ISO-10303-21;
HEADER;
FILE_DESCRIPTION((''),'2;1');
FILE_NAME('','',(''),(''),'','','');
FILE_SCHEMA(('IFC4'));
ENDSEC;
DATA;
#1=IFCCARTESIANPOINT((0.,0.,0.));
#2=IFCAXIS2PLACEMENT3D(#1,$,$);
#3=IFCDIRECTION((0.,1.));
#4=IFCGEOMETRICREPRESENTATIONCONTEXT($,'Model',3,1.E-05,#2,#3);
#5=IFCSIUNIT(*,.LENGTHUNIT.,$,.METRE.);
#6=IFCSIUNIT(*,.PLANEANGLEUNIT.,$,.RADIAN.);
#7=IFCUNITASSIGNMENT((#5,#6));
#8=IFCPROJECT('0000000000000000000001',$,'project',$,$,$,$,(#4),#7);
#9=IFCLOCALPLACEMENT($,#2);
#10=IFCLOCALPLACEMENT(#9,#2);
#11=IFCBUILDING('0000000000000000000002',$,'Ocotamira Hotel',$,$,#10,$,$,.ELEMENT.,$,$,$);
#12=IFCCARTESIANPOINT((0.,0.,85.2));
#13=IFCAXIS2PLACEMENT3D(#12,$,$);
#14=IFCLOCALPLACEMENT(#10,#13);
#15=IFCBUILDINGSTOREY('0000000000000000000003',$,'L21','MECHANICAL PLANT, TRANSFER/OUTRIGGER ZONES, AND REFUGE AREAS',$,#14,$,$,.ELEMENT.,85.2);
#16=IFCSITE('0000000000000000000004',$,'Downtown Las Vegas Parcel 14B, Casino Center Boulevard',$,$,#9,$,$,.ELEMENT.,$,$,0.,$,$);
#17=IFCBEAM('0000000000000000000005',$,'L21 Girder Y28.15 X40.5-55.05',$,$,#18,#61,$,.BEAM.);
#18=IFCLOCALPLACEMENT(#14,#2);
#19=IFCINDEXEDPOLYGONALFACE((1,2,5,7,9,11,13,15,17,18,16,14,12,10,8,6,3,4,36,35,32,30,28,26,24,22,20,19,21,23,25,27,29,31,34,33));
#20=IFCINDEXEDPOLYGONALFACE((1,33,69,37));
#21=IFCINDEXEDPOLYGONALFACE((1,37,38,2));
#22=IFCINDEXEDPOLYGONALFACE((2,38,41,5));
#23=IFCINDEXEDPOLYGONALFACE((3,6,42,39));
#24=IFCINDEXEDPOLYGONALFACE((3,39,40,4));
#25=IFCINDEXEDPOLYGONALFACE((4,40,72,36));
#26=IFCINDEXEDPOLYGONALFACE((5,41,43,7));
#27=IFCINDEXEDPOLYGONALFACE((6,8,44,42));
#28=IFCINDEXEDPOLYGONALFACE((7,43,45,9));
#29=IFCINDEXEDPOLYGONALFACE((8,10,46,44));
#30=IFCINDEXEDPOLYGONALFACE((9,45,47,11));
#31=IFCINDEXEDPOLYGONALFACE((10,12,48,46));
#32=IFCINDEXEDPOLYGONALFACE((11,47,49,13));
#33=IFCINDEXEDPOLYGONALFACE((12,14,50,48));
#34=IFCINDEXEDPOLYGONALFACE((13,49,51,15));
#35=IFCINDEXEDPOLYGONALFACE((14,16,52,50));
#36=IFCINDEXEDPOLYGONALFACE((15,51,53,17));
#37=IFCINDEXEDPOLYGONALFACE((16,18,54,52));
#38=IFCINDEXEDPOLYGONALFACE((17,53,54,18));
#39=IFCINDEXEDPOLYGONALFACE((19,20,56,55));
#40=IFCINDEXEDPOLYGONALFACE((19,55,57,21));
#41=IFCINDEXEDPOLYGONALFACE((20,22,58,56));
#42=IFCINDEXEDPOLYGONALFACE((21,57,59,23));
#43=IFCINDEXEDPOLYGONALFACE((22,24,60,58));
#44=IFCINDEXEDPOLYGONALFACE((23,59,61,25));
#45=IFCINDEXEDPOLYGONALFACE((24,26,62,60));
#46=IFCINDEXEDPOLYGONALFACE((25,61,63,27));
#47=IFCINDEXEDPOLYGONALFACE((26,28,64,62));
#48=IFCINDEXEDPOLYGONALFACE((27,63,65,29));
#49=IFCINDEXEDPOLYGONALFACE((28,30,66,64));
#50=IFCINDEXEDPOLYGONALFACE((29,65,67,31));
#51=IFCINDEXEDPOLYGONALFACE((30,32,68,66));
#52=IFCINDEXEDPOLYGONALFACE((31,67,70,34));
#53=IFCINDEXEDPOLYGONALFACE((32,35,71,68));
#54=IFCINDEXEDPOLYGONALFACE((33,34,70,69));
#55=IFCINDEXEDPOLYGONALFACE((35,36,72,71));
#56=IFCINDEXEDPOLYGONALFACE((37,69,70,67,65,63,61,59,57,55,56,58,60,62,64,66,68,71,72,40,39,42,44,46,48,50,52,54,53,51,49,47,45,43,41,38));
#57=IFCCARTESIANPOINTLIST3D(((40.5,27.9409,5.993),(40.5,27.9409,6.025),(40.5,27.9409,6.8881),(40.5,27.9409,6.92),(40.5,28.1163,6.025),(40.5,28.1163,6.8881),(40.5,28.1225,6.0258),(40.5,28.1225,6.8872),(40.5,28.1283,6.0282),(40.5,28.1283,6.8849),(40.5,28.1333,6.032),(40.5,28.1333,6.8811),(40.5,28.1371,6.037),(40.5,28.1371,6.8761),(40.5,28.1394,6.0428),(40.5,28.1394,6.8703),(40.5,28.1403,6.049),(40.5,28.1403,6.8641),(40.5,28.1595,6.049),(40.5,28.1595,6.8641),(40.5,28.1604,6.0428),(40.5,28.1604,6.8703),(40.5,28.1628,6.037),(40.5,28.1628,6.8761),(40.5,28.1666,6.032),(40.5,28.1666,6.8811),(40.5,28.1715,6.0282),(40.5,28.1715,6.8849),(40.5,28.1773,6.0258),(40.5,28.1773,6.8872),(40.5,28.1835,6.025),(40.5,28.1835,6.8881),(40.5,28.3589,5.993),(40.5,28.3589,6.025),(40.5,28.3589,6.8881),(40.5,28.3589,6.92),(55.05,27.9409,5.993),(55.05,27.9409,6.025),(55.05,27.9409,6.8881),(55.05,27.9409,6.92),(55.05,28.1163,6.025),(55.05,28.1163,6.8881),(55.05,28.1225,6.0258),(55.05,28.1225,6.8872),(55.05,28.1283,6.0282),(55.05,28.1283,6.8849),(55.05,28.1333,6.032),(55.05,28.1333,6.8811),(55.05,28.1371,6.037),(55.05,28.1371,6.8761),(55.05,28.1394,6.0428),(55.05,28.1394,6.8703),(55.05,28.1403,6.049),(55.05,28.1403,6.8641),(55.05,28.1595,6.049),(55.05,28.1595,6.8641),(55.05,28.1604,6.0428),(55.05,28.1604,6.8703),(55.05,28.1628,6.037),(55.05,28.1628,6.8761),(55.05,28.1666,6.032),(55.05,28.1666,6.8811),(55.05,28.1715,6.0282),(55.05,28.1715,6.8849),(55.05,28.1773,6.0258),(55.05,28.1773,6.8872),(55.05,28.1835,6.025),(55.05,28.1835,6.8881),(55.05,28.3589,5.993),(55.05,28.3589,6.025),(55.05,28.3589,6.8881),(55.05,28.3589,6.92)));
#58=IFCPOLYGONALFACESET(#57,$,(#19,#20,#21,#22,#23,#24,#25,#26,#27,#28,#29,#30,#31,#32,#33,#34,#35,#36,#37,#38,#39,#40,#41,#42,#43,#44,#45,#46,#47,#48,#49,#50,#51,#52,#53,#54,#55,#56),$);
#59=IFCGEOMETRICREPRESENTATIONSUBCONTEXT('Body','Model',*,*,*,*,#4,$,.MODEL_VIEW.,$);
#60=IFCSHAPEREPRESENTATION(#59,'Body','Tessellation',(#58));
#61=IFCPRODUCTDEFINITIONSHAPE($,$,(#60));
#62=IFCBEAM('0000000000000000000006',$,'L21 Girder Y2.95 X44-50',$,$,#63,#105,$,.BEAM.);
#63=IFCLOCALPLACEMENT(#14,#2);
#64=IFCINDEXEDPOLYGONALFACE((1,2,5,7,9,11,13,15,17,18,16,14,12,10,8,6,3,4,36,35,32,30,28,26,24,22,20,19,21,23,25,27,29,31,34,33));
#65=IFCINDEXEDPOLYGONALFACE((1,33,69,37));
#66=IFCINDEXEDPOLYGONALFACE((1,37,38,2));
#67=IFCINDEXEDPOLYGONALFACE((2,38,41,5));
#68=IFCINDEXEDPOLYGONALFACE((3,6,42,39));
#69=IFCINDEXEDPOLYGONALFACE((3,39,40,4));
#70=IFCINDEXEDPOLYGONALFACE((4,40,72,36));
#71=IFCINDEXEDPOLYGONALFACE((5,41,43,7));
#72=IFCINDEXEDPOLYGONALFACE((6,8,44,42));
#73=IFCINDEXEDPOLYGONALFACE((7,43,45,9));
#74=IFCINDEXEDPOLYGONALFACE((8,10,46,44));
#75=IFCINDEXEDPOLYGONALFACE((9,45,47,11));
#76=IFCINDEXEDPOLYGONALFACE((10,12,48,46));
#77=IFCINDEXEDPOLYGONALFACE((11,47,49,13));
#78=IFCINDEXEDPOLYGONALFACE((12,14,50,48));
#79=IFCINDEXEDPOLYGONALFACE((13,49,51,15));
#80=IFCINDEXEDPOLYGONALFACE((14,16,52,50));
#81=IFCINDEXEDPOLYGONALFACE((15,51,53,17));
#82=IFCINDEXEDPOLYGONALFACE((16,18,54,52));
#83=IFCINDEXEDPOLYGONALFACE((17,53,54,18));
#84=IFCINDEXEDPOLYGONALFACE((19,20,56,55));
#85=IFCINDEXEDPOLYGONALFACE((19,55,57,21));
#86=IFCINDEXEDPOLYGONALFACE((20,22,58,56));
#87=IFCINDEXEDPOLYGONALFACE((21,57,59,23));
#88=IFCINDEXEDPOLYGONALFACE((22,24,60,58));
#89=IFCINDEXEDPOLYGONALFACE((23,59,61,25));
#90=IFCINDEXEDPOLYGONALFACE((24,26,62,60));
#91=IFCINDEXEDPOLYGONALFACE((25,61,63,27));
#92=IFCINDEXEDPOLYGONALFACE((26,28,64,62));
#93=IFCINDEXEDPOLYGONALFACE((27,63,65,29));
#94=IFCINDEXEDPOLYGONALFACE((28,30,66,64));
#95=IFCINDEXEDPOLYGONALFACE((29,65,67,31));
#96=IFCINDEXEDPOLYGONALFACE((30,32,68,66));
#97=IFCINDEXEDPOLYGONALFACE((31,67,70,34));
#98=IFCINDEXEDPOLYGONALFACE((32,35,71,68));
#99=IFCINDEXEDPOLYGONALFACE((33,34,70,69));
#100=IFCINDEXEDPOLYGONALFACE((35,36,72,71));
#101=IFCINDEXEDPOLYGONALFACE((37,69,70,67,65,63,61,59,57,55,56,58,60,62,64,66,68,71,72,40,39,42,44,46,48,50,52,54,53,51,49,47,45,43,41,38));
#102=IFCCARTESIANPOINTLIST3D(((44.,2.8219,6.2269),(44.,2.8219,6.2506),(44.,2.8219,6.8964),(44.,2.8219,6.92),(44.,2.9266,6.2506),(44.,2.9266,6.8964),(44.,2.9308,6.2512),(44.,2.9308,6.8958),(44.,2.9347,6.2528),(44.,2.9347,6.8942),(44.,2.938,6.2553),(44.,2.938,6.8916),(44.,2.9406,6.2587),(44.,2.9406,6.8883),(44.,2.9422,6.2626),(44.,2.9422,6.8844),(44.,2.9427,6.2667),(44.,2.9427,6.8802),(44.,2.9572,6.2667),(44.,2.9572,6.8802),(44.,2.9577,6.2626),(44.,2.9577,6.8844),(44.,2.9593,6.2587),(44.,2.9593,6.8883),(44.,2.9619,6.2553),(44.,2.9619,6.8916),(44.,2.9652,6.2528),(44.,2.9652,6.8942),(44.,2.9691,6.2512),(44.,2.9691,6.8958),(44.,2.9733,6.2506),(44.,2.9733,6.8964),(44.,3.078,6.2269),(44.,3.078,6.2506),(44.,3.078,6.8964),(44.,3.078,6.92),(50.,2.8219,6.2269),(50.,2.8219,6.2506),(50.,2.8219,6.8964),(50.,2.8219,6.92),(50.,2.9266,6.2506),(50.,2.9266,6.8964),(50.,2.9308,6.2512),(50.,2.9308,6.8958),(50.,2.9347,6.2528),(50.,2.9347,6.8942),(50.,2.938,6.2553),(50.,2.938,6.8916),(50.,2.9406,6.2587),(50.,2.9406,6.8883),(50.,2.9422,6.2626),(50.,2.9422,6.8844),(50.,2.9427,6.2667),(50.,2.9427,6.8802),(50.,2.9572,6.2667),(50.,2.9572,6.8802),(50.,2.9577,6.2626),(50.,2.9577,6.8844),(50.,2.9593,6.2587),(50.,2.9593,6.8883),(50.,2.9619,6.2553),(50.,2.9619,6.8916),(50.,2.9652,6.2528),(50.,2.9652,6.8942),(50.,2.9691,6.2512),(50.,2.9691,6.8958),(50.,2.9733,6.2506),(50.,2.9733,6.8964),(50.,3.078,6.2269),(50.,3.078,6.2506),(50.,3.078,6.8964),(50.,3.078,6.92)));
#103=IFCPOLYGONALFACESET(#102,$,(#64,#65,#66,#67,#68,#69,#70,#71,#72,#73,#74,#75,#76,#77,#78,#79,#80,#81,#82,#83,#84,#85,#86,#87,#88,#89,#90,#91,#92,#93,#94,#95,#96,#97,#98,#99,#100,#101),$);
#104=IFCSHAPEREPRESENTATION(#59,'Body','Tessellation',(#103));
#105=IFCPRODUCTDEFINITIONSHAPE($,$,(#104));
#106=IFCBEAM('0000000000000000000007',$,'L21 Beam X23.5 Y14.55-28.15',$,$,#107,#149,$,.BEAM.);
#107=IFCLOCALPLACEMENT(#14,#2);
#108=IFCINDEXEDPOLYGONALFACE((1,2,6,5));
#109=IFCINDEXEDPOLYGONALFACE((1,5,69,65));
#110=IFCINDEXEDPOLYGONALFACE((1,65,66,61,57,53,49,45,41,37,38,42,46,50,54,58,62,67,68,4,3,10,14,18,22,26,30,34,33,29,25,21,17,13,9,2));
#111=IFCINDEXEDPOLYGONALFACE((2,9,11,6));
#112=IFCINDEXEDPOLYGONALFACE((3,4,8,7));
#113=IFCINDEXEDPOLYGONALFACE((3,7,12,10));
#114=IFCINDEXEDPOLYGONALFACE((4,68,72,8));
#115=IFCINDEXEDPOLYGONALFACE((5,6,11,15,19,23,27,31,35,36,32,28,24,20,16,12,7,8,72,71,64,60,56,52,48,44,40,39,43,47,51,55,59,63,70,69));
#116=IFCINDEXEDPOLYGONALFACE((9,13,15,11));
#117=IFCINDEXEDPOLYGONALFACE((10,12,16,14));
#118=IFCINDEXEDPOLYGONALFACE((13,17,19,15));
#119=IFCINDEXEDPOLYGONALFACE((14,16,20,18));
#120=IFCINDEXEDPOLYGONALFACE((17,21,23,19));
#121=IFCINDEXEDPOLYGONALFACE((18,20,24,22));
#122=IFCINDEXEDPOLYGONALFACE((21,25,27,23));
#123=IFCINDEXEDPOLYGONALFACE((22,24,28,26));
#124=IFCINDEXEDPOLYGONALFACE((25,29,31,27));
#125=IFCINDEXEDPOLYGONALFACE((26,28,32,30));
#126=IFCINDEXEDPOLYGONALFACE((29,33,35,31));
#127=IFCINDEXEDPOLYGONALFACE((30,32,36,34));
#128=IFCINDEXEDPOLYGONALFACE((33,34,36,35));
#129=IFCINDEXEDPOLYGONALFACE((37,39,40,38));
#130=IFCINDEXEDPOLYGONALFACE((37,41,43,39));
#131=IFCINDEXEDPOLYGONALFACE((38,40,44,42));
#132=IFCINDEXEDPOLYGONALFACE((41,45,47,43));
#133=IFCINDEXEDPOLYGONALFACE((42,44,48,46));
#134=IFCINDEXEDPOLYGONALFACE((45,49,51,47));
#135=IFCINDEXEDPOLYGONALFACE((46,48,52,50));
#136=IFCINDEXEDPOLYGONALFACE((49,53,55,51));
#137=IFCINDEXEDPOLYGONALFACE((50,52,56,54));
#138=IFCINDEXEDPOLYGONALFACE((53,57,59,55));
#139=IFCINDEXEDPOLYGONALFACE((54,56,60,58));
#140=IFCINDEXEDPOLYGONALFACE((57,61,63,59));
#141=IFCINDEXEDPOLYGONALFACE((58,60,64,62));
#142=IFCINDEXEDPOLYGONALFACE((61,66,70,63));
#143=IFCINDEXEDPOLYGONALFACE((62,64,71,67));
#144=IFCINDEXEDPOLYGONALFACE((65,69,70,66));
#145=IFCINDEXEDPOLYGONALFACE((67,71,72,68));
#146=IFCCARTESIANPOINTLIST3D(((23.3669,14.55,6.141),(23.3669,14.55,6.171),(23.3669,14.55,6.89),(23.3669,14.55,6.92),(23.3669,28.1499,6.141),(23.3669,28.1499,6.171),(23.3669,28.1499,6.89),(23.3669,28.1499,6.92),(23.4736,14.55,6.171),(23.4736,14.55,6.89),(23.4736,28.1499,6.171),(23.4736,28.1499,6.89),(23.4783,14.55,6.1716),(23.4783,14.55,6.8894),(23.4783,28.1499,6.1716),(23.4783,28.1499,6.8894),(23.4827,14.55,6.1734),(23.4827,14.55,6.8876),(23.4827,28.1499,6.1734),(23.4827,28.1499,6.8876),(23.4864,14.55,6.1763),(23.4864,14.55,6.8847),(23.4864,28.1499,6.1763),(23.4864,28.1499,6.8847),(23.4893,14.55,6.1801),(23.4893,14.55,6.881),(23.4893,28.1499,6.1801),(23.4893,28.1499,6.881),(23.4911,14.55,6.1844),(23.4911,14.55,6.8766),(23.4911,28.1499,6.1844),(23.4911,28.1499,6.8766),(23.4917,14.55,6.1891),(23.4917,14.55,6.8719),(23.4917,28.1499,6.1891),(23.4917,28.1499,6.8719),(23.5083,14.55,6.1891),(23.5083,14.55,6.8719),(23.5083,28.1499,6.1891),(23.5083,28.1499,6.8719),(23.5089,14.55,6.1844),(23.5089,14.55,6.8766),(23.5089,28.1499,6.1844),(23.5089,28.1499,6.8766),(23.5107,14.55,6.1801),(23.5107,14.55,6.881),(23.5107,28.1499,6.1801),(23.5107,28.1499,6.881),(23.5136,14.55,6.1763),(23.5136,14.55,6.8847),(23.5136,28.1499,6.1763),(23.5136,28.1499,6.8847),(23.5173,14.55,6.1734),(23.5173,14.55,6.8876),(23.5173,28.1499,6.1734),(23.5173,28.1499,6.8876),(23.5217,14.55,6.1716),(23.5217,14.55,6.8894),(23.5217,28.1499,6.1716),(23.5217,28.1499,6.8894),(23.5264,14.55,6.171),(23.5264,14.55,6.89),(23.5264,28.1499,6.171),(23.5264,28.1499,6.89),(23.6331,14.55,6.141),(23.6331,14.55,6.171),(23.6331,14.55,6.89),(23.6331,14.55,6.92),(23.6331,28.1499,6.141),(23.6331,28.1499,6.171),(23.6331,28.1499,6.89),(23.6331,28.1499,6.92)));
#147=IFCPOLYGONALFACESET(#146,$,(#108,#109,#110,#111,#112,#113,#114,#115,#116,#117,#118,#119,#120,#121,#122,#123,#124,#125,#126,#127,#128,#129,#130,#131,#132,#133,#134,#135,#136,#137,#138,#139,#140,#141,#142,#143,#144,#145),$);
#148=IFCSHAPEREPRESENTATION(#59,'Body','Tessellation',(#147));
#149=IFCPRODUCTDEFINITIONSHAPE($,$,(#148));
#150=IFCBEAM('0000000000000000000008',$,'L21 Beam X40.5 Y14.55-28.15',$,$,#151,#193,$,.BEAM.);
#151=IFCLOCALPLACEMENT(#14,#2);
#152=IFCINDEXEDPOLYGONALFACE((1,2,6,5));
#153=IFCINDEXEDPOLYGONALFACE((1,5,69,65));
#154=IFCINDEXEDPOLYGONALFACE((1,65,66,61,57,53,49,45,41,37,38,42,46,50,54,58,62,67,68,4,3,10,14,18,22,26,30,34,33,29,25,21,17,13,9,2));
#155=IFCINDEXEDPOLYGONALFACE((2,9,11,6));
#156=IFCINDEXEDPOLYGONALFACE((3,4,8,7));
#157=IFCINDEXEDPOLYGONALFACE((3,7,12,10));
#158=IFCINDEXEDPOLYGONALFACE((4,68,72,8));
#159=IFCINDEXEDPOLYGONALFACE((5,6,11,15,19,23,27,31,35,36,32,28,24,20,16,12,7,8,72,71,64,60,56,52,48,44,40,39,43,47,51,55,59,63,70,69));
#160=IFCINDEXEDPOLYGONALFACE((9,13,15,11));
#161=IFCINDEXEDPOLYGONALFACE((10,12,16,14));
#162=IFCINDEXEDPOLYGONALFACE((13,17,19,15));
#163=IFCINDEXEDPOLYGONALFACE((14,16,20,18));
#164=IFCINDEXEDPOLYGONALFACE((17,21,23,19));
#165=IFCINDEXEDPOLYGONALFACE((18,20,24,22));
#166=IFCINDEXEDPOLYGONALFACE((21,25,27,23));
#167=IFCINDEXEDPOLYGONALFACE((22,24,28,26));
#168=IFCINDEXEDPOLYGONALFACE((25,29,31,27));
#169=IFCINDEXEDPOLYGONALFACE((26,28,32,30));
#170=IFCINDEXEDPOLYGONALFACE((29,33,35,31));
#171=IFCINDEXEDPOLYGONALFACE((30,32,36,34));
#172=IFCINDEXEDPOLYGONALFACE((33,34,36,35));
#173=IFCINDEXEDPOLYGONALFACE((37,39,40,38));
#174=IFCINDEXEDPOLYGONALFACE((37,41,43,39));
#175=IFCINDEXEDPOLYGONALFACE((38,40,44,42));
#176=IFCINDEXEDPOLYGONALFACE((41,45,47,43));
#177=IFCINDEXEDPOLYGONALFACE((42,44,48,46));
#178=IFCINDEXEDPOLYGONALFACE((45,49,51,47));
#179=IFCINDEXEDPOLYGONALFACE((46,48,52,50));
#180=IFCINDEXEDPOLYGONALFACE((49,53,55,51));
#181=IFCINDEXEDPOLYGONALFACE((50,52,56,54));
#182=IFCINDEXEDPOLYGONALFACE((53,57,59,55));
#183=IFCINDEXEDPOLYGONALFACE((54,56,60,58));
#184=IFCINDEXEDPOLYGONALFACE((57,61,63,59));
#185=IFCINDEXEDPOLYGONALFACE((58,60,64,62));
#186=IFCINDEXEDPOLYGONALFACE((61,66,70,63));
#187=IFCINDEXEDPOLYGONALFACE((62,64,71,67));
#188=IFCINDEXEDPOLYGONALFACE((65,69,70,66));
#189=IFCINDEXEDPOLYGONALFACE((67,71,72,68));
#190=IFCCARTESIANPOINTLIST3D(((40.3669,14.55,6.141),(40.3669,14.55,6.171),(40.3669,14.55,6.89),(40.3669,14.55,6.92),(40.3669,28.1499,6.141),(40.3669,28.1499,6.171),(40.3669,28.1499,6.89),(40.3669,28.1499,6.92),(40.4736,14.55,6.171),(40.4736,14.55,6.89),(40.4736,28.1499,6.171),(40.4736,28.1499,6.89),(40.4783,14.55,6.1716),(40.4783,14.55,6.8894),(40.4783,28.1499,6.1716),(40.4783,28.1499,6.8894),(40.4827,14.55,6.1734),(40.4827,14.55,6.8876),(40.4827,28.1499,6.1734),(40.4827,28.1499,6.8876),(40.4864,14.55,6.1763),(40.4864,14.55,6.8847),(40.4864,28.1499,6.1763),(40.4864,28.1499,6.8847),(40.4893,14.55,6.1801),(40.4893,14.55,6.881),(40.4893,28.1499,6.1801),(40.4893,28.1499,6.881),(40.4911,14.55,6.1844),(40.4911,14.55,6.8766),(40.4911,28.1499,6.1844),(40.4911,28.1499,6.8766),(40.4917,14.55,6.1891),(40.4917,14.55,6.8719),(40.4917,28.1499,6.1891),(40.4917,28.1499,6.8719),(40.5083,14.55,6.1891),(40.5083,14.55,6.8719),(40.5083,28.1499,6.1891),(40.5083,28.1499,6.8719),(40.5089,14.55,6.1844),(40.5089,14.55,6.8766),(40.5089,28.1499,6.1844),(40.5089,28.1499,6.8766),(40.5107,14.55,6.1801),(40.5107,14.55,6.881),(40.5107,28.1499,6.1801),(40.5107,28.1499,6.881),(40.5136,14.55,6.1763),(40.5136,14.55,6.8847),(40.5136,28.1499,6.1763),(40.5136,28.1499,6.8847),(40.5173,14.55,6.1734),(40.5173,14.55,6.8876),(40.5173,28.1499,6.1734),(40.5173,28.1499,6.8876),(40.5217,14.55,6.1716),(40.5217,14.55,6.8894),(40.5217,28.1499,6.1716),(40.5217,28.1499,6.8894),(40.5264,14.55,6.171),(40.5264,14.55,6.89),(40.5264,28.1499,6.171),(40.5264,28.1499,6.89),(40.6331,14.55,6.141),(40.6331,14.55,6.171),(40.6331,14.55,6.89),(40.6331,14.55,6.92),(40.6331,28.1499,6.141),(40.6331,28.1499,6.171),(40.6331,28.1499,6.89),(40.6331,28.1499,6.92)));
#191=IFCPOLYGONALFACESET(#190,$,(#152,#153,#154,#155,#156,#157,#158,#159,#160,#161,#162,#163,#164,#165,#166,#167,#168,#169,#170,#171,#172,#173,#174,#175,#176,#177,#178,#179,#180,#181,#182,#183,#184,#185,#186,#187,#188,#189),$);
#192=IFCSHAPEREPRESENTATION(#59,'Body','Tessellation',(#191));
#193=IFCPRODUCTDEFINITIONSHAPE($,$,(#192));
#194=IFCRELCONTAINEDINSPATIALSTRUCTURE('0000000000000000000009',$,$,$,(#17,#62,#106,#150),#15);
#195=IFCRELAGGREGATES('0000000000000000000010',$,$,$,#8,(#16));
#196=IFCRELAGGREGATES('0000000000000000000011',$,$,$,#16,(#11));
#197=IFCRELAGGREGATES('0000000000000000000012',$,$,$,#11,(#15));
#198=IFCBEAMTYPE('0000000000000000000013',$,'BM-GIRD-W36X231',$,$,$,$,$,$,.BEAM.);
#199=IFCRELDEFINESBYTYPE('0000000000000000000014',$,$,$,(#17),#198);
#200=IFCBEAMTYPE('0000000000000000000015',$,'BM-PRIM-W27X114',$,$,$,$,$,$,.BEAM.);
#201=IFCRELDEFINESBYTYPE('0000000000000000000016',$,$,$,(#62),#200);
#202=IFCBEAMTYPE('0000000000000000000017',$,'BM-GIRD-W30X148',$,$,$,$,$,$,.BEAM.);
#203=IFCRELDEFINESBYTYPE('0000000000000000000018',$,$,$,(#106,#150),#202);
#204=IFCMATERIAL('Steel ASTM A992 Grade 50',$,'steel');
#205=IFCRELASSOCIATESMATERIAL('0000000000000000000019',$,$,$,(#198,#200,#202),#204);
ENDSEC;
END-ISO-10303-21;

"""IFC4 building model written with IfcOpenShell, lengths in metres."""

from ifc_helpers import new_model, si_unit, direction, frame, origin, origin_2d, place, context, subcontext, project, spatial, i_section, extrude, source, transform, mapped, material, material_profile, profile_set, type_object, element, save


model = new_model("IFC4")

# Units and contexts
model_context = context("Model", 3, precision=1e-05, world=origin(), true_north=direction((0.0, 1.0)))
body_context = subcontext(model_context, "Body", "Model", "MODEL_VIEW")
ifc_project = project(units=[si_unit("LENGTHUNIT", "METRE"), si_unit("PLANEANGLEUNIT", "RADIAN")], contexts=[model_context])

# Site, building, storey
site_placement = place(None, origin())
site = spatial("IfcSite", under=ifc_project, at=site_placement, Name="Downtown Las Vegas Parcel 14B, Casino Center Boulevard", CompositionType="ELEMENT", RefElevation=0.0)
building_placement = place(site_placement, origin())
building = spatial("IfcBuilding", under=site, at=building_placement, Name="Ocotamira Hotel", CompositionType="ELEMENT")
storey_placement = place(building_placement, frame((0.0, 0.0, 85.2)))
storey = spatial("IfcBuildingStorey", under=building, at=storey_placement, Name="L21", Description="MECHANICAL PLANT, TRANSFER/OUTRIGGER ZONES, AND REFUGE AREAS", CompositionType="ELEMENT", Elevation=85.2)

# Beams
ifc_material_1 = material(Name="Steel ASTM A992 Grade 50", Category="steel")
ifc_material_profile_1 = material_profile(ifc_material_1, i_section(OverallWidth=0.418, OverallDepth=0.927, WebThickness=0.0193, FlangeThickness=0.032, FilletRadius=0.0239, at=origin_2d()), Name="W36X231")
ifc_profile_set_1 = profile_set([ifc_material_profile_1], Name="Steel ASTM A992 Grade 50")
beam_type_1 = type_object("IfcBeamType", Name="BM-GIRD-W36X231", PredefinedType="BEAM", material=ifc_profile_set_1)
shared_shape_1 = source(origin(), body_context, "Body", "SweptSolid", [
    extrude(i_section(OverallWidth=0.418, OverallDepth=0.927, WebThickness=0.0193, FlangeThickness=0.032, FilletRadius=0.0239, at=origin_2d()), origin(), (0.0, 0.0, 1.0), 14.55),
])
for number, where, z_axis, x_axis, name in (
    (1, (40.5, 28.1499, 6.4565), (1.0, 0.0, 0.0), (0.0, 1.0, 0.0), "L21 Girder Y28.15 X40.5-55.05"),
):
    element("IfcBeam", number, at=place(storey_placement, frame(where, z_axis=z_axis, x_axis=x_axis)), inside=storey, type_object=beam_type_1, Name=name, PredefinedType="BEAM", context=body_context, shape_type="MappedRepresentation", body=[
        mapped(shared_shape_1, transform((0.0, 0.0, 0.0), scale=1.0)),
    ])
ifc_material_profile_2 = material_profile(ifc_material_1, i_section(OverallWidth=0.2561, OverallDepth=0.6931, WebThickness=0.0144, FlangeThickness=0.0237, FilletRadius=0.0161, at=origin_2d()), Name="W27X114")
ifc_profile_set_2 = profile_set([ifc_material_profile_2], Name="Steel ASTM A992 Grade 50")
beam_type_2 = type_object("IfcBeamType", Name="BM-PRIM-W27X114", PredefinedType="BEAM", material=ifc_profile_set_2)
shared_shape_2 = source(origin(), body_context, "Body", "SweptSolid", [
    extrude(i_section(OverallWidth=0.2561, OverallDepth=0.6931, WebThickness=0.0144, FlangeThickness=0.0237, FilletRadius=0.0161, at=origin_2d()), origin(), (0.0, 0.0, 1.0), 6.0),
])
beam_1_placement = place(storey_placement, frame((44.0, 2.95, 6.5735), z_axis=(1.0, 0.0, 0.0), x_axis=(0.0, 1.0, 0.0)))
element("IfcBeam", 2, at=beam_1_placement, inside=storey, type_object=beam_type_2, Name="L21 Girder Y2.95 X44-50", PredefinedType="BEAM", context=body_context, shape_type="MappedRepresentation", body=[
    mapped(shared_shape_2, transform((0.0, 0.0, 0.0), scale=1.0)),
])
ifc_material_profile_3 = material_profile(ifc_material_1, i_section(OverallWidth=0.2661, OverallDepth=0.7791, WebThickness=0.0166, FlangeThickness=0.03, FilletRadius=0.0181, at=origin_2d()), Name="W30X148")
ifc_profile_set_3 = profile_set([ifc_material_profile_3], Name="Steel ASTM A992 Grade 50")
beam_type_3 = type_object("IfcBeamType", Name="BM-GIRD-W30X148", PredefinedType="BEAM", material=ifc_profile_set_3)
shared_shape_3 = source(origin(), body_context, "Body", "SweptSolid", [
    extrude(i_section(OverallWidth=0.2661, OverallDepth=0.7791, WebThickness=0.0166, FlangeThickness=0.03, FilletRadius=0.0181, at=origin_2d()), origin(), (0.0, 0.0, 1.0), 13.5999),
])
for number, where, z_axis, x_axis, name in (
    (3, (23.5, 14.55, 6.5305), (0.0, 1.0, 0.0), (-1.0, 0.0, 0.0), "L21 Beam X23.5 Y14.55-28.15"),
    (4, (40.5, 14.55, 6.5305), (0.0, 1.0, 0.0), (-1.0, 0.0, 0.0), "L21 Beam X40.5 Y14.55-28.15"),
):
    element("IfcBeam", number, at=place(storey_placement, frame(where, z_axis=z_axis, x_axis=x_axis)), inside=storey, type_object=beam_type_3, Name=name, PredefinedType="BEAM", context=body_context, shape_type="MappedRepresentation", body=[
        mapped(shared_shape_3, transform((0.0, 0.0, 0.0), scale=1.0)),
    ])

save(model, "model.ifc")
